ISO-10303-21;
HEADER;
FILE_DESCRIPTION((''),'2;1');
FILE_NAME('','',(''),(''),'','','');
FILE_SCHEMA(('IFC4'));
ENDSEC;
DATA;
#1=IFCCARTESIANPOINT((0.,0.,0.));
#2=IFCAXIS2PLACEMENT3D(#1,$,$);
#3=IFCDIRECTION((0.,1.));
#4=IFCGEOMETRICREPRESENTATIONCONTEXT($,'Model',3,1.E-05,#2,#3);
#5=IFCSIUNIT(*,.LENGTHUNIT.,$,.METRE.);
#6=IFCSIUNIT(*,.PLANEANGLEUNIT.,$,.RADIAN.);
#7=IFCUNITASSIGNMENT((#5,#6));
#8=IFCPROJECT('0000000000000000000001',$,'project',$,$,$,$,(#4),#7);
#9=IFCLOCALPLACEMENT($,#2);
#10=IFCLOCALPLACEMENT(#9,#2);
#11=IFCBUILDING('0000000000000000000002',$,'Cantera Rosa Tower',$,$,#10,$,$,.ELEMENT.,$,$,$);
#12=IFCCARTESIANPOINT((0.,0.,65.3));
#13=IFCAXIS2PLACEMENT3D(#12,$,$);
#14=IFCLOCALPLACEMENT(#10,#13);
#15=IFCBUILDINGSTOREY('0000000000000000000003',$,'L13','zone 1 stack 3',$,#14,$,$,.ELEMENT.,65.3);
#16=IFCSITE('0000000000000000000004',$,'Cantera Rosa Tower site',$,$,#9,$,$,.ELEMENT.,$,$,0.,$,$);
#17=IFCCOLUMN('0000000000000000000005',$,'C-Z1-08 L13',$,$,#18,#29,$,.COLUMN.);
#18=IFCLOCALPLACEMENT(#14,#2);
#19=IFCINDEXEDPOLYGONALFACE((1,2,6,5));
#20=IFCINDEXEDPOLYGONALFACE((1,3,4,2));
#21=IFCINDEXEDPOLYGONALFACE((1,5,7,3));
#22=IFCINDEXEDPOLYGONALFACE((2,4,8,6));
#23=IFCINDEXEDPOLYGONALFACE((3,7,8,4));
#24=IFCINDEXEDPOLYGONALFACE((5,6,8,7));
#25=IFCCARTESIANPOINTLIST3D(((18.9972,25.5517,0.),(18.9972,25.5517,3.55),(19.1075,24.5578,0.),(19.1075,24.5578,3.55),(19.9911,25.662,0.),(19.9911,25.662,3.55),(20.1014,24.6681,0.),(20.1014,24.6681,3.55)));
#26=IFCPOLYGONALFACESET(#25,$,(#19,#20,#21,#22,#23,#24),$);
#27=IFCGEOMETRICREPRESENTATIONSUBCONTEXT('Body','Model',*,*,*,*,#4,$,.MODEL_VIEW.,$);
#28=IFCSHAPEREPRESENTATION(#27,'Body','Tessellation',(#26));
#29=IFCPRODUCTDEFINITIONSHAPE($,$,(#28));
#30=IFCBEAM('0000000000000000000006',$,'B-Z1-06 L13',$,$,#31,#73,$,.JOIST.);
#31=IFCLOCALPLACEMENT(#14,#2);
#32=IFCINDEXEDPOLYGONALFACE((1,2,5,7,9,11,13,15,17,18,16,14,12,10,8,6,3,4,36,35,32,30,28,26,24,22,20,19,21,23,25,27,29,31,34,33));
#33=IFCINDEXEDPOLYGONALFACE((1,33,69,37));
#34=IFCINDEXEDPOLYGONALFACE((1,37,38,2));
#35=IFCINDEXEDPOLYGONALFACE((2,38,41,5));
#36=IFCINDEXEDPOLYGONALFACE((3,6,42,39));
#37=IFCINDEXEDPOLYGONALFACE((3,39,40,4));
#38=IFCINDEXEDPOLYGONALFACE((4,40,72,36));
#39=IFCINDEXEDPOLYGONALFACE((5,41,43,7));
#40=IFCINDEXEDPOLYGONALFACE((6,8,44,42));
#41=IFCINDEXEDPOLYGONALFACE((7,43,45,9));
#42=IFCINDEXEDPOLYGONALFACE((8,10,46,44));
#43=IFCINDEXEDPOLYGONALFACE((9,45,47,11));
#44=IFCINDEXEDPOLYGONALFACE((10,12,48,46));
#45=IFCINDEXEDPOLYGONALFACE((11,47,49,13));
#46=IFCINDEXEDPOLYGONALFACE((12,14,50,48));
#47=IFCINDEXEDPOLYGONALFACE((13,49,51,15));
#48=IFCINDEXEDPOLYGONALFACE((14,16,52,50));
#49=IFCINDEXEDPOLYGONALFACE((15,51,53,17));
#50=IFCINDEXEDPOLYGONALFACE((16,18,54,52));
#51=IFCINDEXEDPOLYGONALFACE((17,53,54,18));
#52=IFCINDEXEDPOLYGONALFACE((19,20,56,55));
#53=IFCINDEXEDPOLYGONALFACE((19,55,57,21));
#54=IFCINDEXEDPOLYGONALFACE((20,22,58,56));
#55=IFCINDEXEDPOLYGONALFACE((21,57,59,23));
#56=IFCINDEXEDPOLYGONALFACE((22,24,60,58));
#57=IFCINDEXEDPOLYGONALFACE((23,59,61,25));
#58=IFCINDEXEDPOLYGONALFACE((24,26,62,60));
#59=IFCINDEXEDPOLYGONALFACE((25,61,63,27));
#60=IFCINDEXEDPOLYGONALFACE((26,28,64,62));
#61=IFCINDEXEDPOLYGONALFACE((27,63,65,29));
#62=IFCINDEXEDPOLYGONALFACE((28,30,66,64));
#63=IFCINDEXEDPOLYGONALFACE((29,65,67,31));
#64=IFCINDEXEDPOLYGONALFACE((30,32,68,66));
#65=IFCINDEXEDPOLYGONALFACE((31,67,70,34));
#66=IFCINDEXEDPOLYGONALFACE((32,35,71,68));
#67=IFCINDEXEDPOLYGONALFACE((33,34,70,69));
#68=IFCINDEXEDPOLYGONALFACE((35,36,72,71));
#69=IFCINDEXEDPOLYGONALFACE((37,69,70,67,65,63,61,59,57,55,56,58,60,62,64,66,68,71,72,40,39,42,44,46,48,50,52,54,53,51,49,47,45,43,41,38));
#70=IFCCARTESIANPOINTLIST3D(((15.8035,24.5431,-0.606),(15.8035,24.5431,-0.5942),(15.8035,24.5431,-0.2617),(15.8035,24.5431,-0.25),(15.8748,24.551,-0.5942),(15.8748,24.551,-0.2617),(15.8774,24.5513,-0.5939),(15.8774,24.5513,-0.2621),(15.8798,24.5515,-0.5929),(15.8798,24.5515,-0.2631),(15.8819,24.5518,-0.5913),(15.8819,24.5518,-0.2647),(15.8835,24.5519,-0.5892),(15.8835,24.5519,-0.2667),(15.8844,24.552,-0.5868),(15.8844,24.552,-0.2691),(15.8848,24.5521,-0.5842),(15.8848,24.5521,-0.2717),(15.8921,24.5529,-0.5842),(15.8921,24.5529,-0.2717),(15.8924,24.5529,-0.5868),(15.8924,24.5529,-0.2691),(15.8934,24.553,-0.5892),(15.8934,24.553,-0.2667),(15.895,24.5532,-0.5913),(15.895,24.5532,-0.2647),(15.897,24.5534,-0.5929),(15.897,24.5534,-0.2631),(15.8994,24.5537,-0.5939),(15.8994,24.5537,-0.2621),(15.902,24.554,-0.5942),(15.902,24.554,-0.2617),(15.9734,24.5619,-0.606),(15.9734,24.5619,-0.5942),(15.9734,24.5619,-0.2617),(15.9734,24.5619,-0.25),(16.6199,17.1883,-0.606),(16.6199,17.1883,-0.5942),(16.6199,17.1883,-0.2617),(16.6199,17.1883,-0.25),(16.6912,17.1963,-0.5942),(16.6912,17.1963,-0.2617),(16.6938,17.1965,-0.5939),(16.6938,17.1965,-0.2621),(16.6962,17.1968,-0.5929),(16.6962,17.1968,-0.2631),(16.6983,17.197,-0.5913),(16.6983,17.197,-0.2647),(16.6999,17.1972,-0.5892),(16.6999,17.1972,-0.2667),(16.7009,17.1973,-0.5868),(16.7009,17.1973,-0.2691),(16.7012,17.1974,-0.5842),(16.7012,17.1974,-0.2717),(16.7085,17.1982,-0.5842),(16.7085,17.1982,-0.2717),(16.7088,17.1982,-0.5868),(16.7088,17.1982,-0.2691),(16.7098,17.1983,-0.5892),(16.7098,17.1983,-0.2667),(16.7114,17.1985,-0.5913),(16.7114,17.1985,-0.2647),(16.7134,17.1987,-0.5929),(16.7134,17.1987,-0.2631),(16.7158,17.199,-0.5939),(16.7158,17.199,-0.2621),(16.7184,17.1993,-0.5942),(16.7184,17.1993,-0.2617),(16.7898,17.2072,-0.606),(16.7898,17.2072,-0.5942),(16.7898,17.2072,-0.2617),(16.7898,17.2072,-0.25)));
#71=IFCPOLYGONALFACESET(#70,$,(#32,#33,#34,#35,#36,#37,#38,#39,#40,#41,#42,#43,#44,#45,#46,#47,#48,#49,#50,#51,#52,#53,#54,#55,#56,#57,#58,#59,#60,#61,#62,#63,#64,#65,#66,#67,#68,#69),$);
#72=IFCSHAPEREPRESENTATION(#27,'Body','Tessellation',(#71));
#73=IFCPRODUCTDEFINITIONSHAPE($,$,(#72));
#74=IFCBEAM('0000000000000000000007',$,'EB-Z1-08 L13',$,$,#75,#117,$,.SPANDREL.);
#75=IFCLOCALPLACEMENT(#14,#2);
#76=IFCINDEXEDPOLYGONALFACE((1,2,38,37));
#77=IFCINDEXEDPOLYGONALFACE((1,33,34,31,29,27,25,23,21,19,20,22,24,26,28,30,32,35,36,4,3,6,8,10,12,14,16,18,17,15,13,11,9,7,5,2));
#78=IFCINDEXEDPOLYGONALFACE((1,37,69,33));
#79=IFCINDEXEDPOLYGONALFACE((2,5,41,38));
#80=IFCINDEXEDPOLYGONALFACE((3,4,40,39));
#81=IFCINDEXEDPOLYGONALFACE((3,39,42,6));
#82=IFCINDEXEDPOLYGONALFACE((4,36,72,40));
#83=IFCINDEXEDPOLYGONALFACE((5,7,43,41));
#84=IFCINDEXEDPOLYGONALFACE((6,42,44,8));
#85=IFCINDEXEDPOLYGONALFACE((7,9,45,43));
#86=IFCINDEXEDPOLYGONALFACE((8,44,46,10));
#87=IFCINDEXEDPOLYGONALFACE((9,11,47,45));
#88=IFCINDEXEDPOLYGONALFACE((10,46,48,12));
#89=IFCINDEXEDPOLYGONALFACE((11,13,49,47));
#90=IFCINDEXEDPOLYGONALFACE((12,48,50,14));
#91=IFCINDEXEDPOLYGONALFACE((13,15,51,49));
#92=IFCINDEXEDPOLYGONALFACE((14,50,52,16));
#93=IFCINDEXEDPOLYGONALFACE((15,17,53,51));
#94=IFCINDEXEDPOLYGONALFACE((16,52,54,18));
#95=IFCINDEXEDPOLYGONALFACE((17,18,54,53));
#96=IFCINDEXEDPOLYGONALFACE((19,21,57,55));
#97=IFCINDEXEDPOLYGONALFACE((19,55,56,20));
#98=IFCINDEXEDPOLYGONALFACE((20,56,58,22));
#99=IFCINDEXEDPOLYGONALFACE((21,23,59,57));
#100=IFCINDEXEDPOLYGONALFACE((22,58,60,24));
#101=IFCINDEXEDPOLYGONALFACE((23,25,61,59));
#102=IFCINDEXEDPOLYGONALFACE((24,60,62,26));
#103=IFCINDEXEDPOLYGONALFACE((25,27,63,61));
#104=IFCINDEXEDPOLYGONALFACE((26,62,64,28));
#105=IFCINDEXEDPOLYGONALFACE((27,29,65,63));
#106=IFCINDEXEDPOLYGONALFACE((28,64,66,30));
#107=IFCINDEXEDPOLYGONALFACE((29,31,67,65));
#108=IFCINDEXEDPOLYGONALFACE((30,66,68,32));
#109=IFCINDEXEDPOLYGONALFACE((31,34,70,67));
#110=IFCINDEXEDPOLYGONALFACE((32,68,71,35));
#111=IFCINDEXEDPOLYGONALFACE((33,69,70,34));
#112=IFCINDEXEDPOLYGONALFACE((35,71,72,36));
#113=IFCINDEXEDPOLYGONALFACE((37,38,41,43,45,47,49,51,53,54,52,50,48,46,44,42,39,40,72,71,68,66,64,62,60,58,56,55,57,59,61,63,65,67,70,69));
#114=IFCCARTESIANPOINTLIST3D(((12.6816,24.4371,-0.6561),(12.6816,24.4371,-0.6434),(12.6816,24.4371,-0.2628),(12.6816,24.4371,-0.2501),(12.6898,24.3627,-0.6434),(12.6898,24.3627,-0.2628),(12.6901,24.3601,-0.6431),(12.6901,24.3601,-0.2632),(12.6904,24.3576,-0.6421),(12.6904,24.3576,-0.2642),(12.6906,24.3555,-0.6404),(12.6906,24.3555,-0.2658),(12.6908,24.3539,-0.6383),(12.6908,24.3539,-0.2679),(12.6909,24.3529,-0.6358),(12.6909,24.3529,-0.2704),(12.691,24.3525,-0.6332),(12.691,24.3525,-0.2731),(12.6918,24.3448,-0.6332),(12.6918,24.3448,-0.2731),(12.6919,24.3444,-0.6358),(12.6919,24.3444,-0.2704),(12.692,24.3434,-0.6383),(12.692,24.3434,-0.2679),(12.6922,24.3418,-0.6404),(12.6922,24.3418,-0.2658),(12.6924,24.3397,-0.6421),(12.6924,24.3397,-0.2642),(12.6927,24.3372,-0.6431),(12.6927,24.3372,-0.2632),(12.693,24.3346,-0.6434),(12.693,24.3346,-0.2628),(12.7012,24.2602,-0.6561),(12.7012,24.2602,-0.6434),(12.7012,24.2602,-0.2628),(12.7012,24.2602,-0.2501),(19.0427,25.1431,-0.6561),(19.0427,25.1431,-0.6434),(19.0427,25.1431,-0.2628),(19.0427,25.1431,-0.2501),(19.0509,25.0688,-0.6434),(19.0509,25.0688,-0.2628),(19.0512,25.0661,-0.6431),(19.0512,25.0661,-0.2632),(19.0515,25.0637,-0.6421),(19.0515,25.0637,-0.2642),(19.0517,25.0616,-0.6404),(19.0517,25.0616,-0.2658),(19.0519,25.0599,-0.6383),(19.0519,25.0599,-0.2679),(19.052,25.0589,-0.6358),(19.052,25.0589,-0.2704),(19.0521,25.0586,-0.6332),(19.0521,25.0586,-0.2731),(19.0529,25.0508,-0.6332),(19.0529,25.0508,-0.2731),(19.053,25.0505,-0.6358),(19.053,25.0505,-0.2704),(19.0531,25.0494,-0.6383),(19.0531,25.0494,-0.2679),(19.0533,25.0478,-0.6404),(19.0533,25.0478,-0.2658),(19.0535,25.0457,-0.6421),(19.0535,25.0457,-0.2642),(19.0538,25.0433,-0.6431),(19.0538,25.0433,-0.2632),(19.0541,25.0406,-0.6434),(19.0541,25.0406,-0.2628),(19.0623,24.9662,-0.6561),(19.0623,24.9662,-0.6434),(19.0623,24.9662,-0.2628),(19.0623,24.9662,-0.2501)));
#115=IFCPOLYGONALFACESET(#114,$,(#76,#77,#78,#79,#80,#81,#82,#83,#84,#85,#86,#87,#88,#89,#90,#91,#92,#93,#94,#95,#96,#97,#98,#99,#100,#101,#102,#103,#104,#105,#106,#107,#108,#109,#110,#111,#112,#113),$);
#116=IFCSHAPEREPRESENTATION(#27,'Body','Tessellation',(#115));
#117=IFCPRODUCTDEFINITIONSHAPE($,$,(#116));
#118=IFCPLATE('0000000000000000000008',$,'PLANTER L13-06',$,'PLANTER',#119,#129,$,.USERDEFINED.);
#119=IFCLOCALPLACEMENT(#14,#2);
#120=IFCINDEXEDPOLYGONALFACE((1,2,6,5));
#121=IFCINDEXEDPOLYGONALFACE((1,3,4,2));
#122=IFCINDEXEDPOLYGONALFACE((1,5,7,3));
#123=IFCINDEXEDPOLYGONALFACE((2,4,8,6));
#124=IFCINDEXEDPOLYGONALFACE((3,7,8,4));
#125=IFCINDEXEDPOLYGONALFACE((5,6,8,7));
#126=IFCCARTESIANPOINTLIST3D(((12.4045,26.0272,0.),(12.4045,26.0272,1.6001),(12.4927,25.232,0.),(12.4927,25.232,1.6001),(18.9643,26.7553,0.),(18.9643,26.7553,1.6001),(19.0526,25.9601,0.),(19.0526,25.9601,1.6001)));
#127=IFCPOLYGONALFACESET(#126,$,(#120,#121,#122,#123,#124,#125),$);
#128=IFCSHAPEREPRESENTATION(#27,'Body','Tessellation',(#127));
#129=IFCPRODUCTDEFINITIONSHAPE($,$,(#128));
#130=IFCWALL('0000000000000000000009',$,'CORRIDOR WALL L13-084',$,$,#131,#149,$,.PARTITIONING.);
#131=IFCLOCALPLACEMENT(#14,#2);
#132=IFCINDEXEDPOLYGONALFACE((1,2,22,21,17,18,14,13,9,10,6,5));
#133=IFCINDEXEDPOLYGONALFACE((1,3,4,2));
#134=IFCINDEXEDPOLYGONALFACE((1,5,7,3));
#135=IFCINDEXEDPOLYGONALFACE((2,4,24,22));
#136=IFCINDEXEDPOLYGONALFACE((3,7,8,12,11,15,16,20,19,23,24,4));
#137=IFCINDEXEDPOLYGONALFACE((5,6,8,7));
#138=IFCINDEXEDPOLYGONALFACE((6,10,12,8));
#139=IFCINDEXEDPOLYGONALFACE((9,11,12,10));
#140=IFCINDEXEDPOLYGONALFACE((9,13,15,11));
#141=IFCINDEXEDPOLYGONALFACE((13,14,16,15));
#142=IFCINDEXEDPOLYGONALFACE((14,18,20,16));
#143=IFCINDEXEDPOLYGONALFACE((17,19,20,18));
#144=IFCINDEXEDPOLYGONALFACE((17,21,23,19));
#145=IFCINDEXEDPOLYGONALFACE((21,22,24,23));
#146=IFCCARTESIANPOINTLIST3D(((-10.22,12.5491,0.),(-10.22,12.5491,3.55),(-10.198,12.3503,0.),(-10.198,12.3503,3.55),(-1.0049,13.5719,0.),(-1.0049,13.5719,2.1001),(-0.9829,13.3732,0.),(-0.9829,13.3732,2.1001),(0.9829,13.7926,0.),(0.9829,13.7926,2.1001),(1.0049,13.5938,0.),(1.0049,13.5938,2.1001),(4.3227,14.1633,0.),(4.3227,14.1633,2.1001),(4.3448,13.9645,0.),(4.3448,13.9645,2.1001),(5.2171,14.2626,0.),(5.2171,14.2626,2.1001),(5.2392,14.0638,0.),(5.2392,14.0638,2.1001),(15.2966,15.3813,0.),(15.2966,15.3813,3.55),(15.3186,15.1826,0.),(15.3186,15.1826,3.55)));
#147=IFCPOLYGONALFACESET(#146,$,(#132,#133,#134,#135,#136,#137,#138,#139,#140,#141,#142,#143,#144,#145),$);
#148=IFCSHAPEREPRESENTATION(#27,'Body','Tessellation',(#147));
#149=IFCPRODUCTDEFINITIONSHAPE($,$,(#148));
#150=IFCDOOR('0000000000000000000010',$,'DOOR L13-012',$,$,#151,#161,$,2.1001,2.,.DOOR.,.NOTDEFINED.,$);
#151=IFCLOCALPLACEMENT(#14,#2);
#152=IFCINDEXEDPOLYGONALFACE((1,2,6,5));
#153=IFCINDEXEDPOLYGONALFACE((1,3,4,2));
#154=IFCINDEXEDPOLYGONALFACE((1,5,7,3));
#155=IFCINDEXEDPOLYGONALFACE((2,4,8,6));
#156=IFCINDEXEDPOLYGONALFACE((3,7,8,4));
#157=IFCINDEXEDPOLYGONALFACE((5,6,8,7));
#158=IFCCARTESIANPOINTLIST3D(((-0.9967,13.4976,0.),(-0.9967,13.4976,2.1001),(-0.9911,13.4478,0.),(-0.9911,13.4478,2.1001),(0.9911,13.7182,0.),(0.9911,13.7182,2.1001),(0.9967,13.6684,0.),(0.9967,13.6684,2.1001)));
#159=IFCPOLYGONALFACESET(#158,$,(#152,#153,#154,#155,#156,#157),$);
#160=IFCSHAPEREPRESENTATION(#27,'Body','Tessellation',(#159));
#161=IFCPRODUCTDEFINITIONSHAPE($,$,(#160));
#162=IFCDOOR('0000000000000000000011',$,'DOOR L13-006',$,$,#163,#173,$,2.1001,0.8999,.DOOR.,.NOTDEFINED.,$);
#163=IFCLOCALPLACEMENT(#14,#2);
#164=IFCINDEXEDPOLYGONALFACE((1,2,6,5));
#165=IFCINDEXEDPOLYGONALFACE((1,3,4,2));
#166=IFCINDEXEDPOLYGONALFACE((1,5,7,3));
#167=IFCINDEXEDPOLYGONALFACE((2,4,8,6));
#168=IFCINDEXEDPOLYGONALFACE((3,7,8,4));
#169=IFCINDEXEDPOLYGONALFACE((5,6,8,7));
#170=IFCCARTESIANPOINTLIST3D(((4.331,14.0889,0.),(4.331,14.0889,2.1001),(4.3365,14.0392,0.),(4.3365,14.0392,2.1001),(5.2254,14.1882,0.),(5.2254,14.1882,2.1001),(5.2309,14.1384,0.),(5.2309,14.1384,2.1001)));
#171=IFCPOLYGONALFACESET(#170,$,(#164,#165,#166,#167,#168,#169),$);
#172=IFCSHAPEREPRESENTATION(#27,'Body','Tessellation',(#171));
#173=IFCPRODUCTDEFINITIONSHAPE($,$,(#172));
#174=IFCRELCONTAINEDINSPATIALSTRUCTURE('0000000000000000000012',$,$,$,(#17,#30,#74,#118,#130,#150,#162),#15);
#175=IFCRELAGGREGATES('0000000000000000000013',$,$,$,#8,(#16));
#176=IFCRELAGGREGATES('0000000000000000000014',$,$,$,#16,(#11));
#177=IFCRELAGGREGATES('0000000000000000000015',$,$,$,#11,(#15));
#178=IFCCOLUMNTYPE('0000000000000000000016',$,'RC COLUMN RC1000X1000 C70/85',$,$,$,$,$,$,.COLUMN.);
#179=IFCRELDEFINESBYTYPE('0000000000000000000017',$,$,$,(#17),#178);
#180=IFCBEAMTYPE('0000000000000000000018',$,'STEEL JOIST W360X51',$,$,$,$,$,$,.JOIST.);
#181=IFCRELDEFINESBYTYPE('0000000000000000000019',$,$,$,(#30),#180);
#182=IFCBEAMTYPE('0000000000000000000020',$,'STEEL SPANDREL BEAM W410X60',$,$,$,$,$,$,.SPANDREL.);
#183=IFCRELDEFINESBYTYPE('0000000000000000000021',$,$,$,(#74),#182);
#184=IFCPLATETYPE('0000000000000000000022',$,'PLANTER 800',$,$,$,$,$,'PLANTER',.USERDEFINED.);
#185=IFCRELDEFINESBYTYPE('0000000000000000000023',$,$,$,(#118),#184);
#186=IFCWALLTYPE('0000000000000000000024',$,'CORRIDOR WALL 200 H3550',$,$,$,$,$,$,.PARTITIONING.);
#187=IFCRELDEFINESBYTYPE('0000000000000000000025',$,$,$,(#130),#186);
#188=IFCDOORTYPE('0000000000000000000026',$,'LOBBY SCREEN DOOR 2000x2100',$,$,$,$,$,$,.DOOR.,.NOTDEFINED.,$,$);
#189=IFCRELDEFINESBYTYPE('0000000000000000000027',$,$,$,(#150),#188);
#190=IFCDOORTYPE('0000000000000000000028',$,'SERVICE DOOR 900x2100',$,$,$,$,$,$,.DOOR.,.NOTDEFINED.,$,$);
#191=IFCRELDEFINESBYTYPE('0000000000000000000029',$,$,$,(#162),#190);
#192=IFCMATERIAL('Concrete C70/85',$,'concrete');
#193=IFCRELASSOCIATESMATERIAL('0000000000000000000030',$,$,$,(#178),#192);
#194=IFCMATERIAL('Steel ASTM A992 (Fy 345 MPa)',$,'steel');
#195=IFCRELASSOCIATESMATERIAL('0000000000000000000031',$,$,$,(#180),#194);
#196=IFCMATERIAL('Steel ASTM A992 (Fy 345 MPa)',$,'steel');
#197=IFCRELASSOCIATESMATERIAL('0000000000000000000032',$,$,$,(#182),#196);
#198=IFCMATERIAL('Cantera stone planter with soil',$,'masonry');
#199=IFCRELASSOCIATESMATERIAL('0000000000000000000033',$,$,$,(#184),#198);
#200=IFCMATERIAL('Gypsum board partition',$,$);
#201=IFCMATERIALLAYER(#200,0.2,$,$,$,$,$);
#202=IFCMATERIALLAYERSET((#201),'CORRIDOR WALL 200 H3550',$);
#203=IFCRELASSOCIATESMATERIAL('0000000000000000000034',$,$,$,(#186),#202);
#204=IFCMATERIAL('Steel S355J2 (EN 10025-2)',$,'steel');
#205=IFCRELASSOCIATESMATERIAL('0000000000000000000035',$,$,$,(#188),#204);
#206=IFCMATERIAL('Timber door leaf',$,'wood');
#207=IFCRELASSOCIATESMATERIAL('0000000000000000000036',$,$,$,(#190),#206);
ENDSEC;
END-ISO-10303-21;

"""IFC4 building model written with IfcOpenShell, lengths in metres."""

from ifc_helpers import new_model, si_unit, direction, frame, frame_2d, origin, origin_2d, place, context, subcontext, project, spatial, rectangle, i_section, extrude, material, layer, layer_set, material_profile, profile_set, type_object, element, fill, save


model = new_model("IFC4")

# Units and contexts
model_context = context("Model", 3, precision=1e-05, world=origin(), true_north=direction((0.0, 1.0)))
body_context = subcontext(model_context, "Body", "Model", "MODEL_VIEW")
ifc_project = project(units=[si_unit("LENGTHUNIT", "METRE"), si_unit("PLANEANGLEUNIT", "RADIAN")], contexts=[model_context])

# Site, building, storey
site_placement = place(None, origin())
site = spatial("IfcSite", under=ifc_project, at=site_placement, Name="Cantera Rosa Tower site", CompositionType="ELEMENT", RefElevation=0.0)
building_placement = place(site_placement, origin())
building = spatial("IfcBuilding", under=site, at=building_placement, Name="Cantera Rosa Tower", CompositionType="ELEMENT")
storey_placement = place(building_placement, frame((0.0, 0.0, 65.3)))
storey = spatial("IfcBuildingStorey", under=building, at=storey_placement, Name="L13", Description="zone 1 stack 3", CompositionType="ELEMENT", Elevation=65.3)

# Column
ifc_material_1 = material(Name="Concrete C70/85", Category="concrete")
ifc_material_profile_1 = material_profile(ifc_material_1, rectangle(XDim=1.0, YDim=1.0, at=origin_2d()), Name="RC COLUMN RC1000X1000 C70/85")
ifc_profile_set_1 = profile_set([ifc_material_profile_1], Name="Concrete C70/85")
column_type = type_object("IfcColumnType", Name="RC COLUMN RC1000X1000 C70/85", PredefinedType="COLUMN", material=ifc_profile_set_1)
column_placement = place(storey_placement, frame((19.5493, 25.1099, 0.0), z_axis=(0.0, 0.0, 1.0), x_axis=(0.993897, 0.110313, 0.0)))
element("IfcColumn", 1, at=column_placement, inside=storey, type_object=column_type, Name="C-Z1-08 L13", PredefinedType="COLUMN", context=body_context, shape_type="SweptSolid", body=[
    extrude(rectangle(XDim=1.0, YDim=1.0, at=origin_2d()), origin(), (0.0, 0.0, 1.0), 3.55),
])

# Beams
ifc_material_2 = material(Name="Steel ASTM A992 (Fy 345 MPa)", Category="steel")
ifc_material_profile_2 = material_profile(ifc_material_2, i_section(OverallWidth=0.1709, OverallDepth=0.356, WebThickness=0.0073, FlangeThickness=0.0117, FilletRadius=0.01, at=origin_2d()), Name="W360X51")
ifc_profile_set_2 = profile_set([ifc_material_profile_2], Name="Steel ASTM A992 (Fy 345 MPa)")
beam_type_1 = type_object("IfcBeamType", Name="STEEL JOIST W360X51", PredefinedType="JOIST", material=ifc_profile_set_2)
beam_1_placement = place(storey_placement, frame((15.8884, 24.5525, -0.428), z_axis=(0.110327, -0.993895, 0.0), x_axis=(0.993895, 0.110327, 0.0)))
element("IfcBeam", 2, at=beam_1_placement, inside=storey, type_object=beam_type_1, Name="B-Z1-06 L13", PredefinedType="JOIST", context=body_context, shape_type="SweptSolid", body=[
    extrude(i_section(OverallWidth=0.1709, OverallDepth=0.356, WebThickness=0.0073, FlangeThickness=0.0117, FilletRadius=0.01, at=origin_2d()), origin(), (0.0, 0.0, 1.0), 7.3999),
])
ifc_material_3 = material(Name="Steel ASTM A992 (Fy 345 MPa)", Category="steel")
ifc_material_profile_3 = material_profile(ifc_material_3, i_section(OverallWidth=0.178, OverallDepth=0.406, WebThickness=0.0078, FlangeThickness=0.0127, FilletRadius=0.0103, at=origin_2d()), Name="W410X60")
ifc_profile_set_3 = profile_set([ifc_material_profile_3], Name="Steel ASTM A992 (Fy 345 MPa)")
beam_type_2 = type_object("IfcBeamType", Name="STEEL SPANDREL BEAM W410X60", PredefinedType="SPANDREL", material=ifc_profile_set_3)
beam_2_placement = place(storey_placement, frame((19.0525, 25.0547, -0.4531), z_axis=(-0.993896, -0.110318, 0.0), x_axis=(0.110318, -0.993896, 0.0)))
element("IfcBeam", 3, at=beam_2_placement, inside=storey, type_object=beam_type_2, Name="EB-Z1-08 L13", PredefinedType="SPANDREL", context=body_context, shape_type="SweptSolid", body=[
    extrude(i_section(OverallWidth=0.178, OverallDepth=0.406, WebThickness=0.0078, FlangeThickness=0.0127, FilletRadius=0.0103, at=origin_2d()), origin(), (0.0, 0.0, 1.0), 6.4001),
])

# Plate
ifc_material_4 = material(Name="Cantera stone planter with soil", Category="masonry")
plate_type = type_object("IfcPlateType", Name="PLANTER 800", ElementType="PLANTER", PredefinedType="USERDEFINED", material=ifc_material_4)
plate_placement = place(storey_placement, frame((15.7285, 25.9937, 0.0), z_axis=(0.0, 0.0, 1.0), x_axis=(-0.993897, -0.110313, 0.0)))
element("IfcPlate", 4, at=plate_placement, inside=storey, type_object=plate_type, Name="PLANTER L13-06", ObjectType="PLANTER", PredefinedType="USERDEFINED", context=body_context, shape_type="SweptSolid", body=[
    extrude(rectangle(XDim=6.6001, YDim=0.8, at=origin_2d()), origin(), (0.0, 0.0, 1.0), 1.6001),
])

# Wall, openings, doors
ifc_material_5 = material(Name="Gypsum board partition")
ifc_layer_1 = layer(ifc_material_5, 0.2)
ifc_layer_set_1 = layer_set([ifc_layer_1], Name="CORRIDOR WALL 200 H3550")
wall_type_1 = type_object("IfcWallType", Name="CORRIDOR WALL 200 H3550", PredefinedType="PARTITIONING", material=ifc_layer_set_1)
wall_1_placement = place(storey_placement, frame((15.3076, 15.282, 0.0), z_axis=(0.0, 0.0, 1.0), x_axis=(-0.993896, -0.11032, 0.0)))
wall_1 = element("IfcWall", 5, at=wall_1_placement, inside=storey, type_object=wall_type_1, Name="CORRIDOR WALL L13-084", PredefinedType="PARTITIONING", context=body_context, shape_type="SweptSolid", body=[
    extrude(rectangle(XDim=25.6733, YDim=0.2, at=frame_2d((12.8367, 0.0))), origin(), (0.0, 0.0, 1.0), 3.55),
])
opening_1_placement = place(wall_1_placement, frame((10.1414, 0.0, 0.0)))
opening_1 = element("IfcOpeningElement", 6, at=opening_1_placement, cuts=wall_1, PredefinedType="OPENING", context=body_context, shape_type="SweptSolid", body=[
    extrude(rectangle(XDim=0.8999, YDim=2.1001, at=frame_2d((0.45, 1.05))), frame((0.0, 0.1099, 0.0), z_axis=(0.0, -1.0, 0.0), x_axis=(1.0, 0.0, 0.0)), (0.0, 0.0, 1.0), 0.22),
])
opening_2_placement = place(wall_1_placement, frame((14.4016, 0.0, 0.0)))
opening_2 = element("IfcOpeningElement", 7, at=opening_2_placement, cuts=wall_1, PredefinedType="OPENING", context=body_context, shape_type="SweptSolid", body=[
    extrude(rectangle(XDim=2.0, YDim=2.1001, at=frame_2d((1.0, 1.05))), frame((0.0, 0.1099, 0.0), z_axis=(0.0, -1.0, 0.0), x_axis=(1.0, 0.0, 0.0)), (0.0, 0.0, 1.0), 0.22),
])
ifc_material_6 = material(Name="Steel S355J2 (EN 10025-2)", Category="steel")
door_type_1 = type_object("IfcDoorType", Name="LOBBY SCREEN DOOR 2000x2100", OperationType="NOTDEFINED", PredefinedType="DOOR", material=ifc_material_6)
door_1_placement = place(opening_2_placement, origin())
door_1 = element("IfcDoor", 8, at=door_1_placement, inside=storey, type_object=door_type_1, Name="DOOR L13-012", OperationType="NOTDEFINED", OverallHeight=2.1001, OverallWidth=2.0, PredefinedType="DOOR", context=body_context, shape_type="SweptSolid", body=[
    extrude(rectangle(XDim=2.0, YDim=2.1001, at=frame_2d((1.0, 1.05))), frame((0.0, 0.0249, 0.0), z_axis=(0.0, -1.0, 0.0), x_axis=(1.0, 0.0, 0.0)), (0.0, 0.0, 1.0), 0.05),
])
fill(opening_2, door_1)
ifc_material_7 = material(Name="Timber door leaf", Category="wood")
door_type_2 = type_object("IfcDoorType", Name="SERVICE DOOR 900x2100", OperationType="NOTDEFINED", PredefinedType="DOOR", material=ifc_material_7)
door_2_placement = place(opening_1_placement, origin())
door_2 = element("IfcDoor", 9, at=door_2_placement, inside=storey, type_object=door_type_2, Name="DOOR L13-006", OperationType="NOTDEFINED", OverallHeight=2.1001, OverallWidth=0.8999, PredefinedType="DOOR", context=body_context, shape_type="SweptSolid", body=[
    extrude(rectangle(XDim=0.8999, YDim=2.1001, at=frame_2d((0.45, 1.05))), frame((0.0, 0.0249, 0.0), z_axis=(0.0, -1.0, 0.0), x_axis=(1.0, 0.0, 0.0)), (0.0, 0.0, 1.0), 0.05),
])
fill(opening_1, door_2)

save(model, "model.ifc")
